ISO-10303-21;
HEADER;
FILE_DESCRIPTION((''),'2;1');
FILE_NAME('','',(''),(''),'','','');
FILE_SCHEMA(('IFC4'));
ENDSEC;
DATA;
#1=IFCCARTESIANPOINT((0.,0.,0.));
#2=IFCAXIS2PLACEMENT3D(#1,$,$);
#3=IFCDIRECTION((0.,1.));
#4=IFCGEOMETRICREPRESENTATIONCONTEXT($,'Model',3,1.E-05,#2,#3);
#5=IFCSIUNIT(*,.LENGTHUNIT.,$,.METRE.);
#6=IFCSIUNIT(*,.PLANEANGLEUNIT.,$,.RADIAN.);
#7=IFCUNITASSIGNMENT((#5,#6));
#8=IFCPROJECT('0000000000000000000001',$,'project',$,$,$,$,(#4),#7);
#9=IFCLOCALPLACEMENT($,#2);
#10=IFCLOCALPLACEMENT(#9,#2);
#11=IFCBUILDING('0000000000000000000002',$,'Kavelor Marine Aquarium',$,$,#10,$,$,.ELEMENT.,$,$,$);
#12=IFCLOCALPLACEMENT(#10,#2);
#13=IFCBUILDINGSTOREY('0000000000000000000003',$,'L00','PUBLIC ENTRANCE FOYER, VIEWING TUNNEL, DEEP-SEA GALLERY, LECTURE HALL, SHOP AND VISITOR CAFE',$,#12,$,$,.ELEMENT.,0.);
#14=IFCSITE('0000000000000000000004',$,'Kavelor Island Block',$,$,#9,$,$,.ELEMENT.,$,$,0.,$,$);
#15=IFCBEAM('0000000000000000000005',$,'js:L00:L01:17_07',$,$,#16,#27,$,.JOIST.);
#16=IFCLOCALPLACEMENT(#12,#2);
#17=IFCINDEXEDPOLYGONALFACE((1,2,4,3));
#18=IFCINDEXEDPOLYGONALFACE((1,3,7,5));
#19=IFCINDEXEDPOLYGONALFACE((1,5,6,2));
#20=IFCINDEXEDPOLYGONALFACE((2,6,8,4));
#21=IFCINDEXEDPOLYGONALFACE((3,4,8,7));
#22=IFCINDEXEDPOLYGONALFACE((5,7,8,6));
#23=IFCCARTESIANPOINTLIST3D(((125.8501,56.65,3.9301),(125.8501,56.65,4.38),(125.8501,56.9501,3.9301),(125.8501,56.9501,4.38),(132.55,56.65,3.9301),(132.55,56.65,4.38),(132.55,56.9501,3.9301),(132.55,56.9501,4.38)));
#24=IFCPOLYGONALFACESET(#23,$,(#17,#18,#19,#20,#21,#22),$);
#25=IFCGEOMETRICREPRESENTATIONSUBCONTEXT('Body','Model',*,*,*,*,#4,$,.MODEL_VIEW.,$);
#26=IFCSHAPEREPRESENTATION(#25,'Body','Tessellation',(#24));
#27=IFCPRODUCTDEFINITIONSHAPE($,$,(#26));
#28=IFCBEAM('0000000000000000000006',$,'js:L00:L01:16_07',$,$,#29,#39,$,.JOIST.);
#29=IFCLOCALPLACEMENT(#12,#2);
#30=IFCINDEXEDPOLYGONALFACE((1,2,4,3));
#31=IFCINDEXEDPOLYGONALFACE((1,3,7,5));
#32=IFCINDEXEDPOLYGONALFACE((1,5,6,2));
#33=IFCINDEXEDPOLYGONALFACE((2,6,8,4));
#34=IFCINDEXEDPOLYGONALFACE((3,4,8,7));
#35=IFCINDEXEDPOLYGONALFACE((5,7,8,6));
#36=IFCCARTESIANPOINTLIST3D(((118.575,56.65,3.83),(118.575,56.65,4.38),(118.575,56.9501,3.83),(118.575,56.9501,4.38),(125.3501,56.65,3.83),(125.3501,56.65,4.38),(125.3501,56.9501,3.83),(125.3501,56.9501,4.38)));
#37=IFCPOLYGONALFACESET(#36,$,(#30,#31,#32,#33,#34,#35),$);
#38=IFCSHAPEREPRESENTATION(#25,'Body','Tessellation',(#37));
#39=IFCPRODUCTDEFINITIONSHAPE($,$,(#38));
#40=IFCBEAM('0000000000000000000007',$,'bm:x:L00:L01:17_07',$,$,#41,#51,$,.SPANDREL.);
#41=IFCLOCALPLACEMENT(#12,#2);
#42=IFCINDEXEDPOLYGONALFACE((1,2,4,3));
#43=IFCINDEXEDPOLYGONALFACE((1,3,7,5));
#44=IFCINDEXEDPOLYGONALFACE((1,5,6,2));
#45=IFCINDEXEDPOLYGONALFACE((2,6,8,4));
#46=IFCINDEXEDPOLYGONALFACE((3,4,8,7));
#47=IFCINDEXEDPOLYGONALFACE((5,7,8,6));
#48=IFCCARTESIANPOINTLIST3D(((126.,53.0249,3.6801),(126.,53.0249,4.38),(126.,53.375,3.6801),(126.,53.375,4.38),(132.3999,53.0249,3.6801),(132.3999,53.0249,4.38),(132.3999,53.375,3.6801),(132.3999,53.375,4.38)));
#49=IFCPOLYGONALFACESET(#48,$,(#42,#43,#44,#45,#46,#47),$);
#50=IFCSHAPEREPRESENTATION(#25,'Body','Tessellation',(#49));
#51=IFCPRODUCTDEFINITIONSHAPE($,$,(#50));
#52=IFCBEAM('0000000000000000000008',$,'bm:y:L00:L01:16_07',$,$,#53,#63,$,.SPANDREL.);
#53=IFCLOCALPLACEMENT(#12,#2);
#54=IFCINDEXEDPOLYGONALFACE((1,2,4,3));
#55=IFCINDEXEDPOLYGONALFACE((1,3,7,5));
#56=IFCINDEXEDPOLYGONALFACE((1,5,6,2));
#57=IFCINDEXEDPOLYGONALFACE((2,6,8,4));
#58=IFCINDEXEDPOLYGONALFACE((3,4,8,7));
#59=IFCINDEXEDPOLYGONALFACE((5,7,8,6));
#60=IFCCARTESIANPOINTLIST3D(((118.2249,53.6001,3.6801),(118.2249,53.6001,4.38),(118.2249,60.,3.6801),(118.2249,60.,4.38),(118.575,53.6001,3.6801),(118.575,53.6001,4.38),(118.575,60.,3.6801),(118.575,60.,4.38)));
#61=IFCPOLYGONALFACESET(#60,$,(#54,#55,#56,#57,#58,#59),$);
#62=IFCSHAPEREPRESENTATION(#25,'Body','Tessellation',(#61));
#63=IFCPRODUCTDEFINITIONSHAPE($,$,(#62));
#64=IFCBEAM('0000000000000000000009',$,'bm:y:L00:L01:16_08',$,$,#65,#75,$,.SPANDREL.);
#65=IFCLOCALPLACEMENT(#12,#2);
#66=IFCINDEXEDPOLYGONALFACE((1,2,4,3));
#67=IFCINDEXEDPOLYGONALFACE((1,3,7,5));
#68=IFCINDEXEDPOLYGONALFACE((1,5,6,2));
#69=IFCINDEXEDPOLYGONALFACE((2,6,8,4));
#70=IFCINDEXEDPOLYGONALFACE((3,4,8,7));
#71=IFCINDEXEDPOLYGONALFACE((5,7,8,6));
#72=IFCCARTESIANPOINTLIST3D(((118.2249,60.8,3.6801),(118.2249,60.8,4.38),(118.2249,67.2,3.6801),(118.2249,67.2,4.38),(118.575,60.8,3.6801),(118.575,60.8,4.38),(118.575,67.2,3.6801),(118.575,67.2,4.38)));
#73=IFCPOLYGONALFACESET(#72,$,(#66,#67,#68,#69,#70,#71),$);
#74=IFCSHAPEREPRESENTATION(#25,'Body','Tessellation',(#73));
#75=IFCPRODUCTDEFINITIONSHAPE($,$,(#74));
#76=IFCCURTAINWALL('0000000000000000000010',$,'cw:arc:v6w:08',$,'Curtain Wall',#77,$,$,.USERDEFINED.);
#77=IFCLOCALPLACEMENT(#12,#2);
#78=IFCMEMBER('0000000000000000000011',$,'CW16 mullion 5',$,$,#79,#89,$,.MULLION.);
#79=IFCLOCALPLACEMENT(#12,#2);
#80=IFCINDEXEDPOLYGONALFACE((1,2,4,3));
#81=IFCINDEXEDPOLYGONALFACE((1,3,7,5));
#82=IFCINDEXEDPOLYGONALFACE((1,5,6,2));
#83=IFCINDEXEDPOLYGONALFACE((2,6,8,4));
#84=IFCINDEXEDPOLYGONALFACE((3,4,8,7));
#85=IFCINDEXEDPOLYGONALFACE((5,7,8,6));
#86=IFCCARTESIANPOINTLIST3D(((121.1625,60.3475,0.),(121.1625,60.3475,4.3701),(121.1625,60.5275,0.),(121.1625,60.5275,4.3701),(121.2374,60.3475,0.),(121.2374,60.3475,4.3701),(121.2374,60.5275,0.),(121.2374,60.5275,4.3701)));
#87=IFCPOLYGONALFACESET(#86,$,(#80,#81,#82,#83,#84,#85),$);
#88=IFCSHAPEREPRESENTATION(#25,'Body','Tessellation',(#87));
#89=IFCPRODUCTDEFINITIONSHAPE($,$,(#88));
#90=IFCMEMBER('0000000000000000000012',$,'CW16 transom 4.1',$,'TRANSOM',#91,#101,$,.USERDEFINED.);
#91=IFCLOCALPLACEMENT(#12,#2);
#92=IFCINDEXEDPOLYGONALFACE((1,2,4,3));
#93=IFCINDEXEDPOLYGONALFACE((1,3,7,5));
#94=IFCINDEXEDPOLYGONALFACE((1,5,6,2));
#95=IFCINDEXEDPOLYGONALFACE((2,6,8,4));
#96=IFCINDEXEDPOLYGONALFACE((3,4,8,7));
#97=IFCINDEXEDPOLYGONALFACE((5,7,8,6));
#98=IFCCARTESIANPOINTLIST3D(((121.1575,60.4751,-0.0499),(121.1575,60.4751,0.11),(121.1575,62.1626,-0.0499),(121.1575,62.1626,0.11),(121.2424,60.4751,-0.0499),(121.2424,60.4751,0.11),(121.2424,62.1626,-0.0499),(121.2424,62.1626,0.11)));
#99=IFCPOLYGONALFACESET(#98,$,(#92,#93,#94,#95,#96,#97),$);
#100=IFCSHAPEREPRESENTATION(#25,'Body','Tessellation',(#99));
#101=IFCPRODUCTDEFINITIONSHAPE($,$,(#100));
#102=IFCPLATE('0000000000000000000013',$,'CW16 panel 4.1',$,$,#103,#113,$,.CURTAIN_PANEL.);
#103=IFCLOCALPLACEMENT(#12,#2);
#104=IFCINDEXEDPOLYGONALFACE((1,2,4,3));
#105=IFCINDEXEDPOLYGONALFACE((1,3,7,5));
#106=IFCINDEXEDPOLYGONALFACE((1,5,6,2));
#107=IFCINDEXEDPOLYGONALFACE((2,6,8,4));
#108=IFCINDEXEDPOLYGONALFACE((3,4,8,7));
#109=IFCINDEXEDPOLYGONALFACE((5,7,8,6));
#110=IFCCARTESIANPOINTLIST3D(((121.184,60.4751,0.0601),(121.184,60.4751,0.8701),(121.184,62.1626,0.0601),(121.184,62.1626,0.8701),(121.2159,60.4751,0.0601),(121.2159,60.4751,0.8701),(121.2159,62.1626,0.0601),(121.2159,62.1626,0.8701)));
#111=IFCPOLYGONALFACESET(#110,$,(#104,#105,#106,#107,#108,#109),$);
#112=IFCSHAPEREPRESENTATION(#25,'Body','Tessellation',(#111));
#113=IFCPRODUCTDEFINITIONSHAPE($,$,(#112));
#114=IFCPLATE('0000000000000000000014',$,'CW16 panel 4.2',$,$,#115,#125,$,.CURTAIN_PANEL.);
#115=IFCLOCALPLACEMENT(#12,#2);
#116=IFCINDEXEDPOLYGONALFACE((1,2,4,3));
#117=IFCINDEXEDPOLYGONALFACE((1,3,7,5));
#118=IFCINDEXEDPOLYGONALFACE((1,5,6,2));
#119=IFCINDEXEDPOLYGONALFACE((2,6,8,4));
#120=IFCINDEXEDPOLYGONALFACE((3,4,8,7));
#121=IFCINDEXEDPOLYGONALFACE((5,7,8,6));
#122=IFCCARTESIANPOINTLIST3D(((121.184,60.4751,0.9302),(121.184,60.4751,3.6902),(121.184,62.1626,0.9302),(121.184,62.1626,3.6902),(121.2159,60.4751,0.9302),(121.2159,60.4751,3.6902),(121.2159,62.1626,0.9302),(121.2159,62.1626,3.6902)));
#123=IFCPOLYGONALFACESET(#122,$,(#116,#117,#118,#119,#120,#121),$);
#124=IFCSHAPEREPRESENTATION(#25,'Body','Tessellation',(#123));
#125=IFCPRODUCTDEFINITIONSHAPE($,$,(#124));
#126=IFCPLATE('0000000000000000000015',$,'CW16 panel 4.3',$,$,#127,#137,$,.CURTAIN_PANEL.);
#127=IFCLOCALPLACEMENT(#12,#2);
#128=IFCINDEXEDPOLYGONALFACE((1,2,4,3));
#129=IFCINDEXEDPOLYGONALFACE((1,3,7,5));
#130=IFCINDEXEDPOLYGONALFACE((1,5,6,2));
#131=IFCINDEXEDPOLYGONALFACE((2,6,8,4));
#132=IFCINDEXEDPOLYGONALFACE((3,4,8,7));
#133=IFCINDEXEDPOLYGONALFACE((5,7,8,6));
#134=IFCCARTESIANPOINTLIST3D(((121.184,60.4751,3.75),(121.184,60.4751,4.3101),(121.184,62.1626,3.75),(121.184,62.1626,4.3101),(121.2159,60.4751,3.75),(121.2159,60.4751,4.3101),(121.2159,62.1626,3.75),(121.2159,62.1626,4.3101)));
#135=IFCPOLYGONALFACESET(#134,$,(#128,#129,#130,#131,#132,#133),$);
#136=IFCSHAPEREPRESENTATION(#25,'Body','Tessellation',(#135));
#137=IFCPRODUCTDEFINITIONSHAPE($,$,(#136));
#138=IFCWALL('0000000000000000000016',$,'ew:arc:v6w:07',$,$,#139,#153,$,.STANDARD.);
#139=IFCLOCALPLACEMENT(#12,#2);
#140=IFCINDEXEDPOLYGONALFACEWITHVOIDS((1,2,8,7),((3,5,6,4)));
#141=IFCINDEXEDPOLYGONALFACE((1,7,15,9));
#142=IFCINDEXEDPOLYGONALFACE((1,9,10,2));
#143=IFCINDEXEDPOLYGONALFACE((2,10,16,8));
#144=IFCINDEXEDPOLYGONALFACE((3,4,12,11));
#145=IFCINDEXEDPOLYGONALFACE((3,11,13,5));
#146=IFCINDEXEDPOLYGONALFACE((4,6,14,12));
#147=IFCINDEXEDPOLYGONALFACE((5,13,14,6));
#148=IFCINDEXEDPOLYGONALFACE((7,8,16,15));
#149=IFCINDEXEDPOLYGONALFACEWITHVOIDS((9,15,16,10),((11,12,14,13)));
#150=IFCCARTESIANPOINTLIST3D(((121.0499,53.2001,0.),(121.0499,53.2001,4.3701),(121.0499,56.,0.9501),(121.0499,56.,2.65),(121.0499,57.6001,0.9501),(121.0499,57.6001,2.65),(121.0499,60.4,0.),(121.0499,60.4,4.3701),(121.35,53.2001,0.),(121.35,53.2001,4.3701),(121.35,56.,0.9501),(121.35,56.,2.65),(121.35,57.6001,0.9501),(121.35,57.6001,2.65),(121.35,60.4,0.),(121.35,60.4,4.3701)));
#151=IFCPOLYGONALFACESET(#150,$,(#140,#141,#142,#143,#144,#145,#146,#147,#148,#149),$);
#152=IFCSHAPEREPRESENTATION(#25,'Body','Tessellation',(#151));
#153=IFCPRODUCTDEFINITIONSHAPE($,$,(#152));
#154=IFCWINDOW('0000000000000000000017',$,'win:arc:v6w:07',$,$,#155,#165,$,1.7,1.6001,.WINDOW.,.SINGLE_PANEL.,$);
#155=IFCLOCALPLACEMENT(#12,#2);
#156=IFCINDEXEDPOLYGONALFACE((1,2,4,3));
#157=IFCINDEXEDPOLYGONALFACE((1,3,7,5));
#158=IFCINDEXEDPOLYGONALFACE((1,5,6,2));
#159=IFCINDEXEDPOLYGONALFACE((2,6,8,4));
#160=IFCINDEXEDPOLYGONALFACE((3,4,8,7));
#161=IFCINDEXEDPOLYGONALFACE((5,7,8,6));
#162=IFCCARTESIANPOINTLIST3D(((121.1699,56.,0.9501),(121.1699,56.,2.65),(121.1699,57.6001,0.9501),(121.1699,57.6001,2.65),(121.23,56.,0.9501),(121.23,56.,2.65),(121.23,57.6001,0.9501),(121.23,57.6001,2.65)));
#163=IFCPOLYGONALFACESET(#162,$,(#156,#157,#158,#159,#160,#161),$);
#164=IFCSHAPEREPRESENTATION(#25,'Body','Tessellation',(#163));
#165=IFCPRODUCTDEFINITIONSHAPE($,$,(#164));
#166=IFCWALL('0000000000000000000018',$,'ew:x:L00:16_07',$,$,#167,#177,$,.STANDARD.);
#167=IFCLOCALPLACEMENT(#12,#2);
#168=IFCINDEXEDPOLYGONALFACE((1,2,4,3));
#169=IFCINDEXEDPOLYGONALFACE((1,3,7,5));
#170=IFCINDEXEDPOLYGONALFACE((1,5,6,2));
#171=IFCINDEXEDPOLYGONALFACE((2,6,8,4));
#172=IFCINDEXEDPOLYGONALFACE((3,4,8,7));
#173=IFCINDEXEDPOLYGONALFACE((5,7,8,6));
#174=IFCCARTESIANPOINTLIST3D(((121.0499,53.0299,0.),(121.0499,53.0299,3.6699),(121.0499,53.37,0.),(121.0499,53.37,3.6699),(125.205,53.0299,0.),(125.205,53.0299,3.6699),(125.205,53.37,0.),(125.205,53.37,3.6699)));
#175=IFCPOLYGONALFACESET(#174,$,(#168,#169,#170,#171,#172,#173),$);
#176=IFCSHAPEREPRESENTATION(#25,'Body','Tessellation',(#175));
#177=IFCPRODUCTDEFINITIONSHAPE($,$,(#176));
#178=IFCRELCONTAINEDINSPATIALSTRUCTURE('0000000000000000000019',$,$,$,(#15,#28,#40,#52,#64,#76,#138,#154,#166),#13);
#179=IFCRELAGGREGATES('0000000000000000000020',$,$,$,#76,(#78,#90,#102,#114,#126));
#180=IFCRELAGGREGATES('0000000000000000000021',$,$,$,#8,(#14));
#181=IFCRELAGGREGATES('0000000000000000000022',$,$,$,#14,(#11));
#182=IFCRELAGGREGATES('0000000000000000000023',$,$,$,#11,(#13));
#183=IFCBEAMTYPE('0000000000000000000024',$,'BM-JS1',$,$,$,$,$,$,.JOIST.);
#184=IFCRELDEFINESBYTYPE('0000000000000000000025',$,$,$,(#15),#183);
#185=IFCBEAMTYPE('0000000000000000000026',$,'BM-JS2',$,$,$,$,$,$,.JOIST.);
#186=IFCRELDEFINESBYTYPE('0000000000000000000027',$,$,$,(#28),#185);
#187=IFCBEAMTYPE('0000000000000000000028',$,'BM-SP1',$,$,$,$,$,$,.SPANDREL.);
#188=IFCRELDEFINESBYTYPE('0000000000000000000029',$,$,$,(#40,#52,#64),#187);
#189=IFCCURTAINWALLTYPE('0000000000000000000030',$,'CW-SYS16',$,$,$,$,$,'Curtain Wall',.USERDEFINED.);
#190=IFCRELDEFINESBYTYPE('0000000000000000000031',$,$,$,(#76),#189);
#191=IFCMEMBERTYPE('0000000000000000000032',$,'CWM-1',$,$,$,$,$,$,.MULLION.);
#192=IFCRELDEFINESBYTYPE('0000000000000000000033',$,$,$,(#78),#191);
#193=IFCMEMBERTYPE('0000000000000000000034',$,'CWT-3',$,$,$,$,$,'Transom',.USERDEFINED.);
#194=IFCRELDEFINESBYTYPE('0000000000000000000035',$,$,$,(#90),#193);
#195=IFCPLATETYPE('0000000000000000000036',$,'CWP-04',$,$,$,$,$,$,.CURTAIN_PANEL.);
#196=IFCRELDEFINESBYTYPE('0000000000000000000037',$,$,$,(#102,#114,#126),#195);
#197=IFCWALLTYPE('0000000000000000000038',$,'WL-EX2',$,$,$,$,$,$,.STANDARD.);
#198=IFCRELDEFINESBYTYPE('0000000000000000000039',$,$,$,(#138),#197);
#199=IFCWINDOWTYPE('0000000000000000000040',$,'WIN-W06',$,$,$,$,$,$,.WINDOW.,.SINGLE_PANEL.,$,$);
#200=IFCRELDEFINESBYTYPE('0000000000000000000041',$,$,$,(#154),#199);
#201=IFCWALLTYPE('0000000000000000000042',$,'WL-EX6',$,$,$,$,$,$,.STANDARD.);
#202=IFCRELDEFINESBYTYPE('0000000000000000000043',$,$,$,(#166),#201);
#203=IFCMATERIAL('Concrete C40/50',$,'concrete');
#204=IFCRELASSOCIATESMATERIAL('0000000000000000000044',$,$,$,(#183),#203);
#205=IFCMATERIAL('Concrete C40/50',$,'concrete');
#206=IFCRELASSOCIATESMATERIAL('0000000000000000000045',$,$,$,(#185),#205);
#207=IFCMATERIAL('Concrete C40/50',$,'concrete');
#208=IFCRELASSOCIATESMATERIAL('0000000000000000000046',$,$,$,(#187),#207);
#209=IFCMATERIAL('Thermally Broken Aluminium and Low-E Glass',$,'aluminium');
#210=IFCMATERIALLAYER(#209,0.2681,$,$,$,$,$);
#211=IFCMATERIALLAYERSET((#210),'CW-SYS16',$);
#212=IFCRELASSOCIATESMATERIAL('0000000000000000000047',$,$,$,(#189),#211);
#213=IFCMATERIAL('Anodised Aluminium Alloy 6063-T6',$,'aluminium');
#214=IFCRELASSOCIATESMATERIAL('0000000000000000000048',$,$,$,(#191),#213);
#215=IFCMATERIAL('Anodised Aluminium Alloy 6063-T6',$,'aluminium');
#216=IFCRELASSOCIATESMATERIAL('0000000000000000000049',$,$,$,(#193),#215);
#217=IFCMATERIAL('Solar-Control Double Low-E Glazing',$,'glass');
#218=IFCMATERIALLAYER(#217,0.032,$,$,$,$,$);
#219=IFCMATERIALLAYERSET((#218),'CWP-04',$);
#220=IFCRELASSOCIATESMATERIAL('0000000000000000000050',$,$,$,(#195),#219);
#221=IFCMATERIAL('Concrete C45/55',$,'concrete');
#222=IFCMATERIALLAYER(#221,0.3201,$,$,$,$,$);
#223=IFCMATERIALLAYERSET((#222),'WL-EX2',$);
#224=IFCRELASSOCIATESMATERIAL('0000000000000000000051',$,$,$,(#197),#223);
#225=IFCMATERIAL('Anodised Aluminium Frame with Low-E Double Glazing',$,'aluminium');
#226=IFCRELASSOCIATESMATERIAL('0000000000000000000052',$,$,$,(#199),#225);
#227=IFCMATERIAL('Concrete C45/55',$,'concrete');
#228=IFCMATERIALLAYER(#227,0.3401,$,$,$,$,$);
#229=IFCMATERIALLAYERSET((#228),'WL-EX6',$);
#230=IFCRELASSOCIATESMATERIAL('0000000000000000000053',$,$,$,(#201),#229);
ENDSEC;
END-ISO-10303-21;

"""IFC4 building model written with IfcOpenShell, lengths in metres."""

from ifc_helpers import new_model, si_unit, direction, frame, frame_2d, origin, origin_2d, place, context, subcontext, project, spatial, rectangle, extrude, material, layer, layer_set, material_profile, profile_set, type_object, element, fill, aggregate, save


model = new_model("IFC4")

# Units and contexts
model_context = context("Model", 3, precision=1e-05, world=origin(), true_north=direction((0.0, 1.0)))
body_context = subcontext(model_context, "Body", "Model", "MODEL_VIEW")
ifc_project = project(units=[si_unit("LENGTHUNIT", "METRE"), si_unit("PLANEANGLEUNIT", "RADIAN")], contexts=[model_context])

# Site, building, storey
site_placement = place(None, origin())
site = spatial("IfcSite", under=ifc_project, at=site_placement, Name="Kavelor Island Block", CompositionType="ELEMENT", RefElevation=0.0)
building_placement = place(site_placement, origin())
building = spatial("IfcBuilding", under=site, at=building_placement, Name="Kavelor Marine Aquarium", CompositionType="ELEMENT")
storey_placement = place(building_placement, origin())
storey = spatial("IfcBuildingStorey", under=building, at=storey_placement, Name="L00", Description="PUBLIC ENTRANCE FOYER, VIEWING TUNNEL, DEEP-SEA GALLERY, LECTURE HALL, SHOP AND VISITOR CAFE", CompositionType="ELEMENT", Elevation=0.0)

# Beams
ifc_material_1 = material(Name="Concrete C40/50", Category="concrete")
ifc_material_profile_1 = material_profile(ifc_material_1, rectangle(XDim=0.3, YDim=0.45, at=origin_2d()), Name="RC-JS 300x450")
ifc_profile_set_1 = profile_set([ifc_material_profile_1], Name="Concrete C40/50")
beam_type_1 = type_object("IfcBeamType", Name="BM-JS1", PredefinedType="JOIST", material=ifc_profile_set_1)
beam_1_placement = place(storey_placement, frame((125.8501, 56.8, 4.155), z_axis=(1.0, 0.0, 0.0), x_axis=(0.0, 1.0, 0.0)))
element("IfcBeam", 1, at=beam_1_placement, inside=storey, type_object=beam_type_1, Name="js:L00:L01:17_07", PredefinedType="JOIST", context=body_context, shape_type="SweptSolid", body=[
    extrude(rectangle(XDim=0.3, YDim=0.45, at=origin_2d()), origin(), (0.0, 0.0, 1.0), 6.7),
])
ifc_material_2 = material(Name="Concrete C40/50", Category="concrete")
ifc_material_profile_2 = material_profile(ifc_material_2, rectangle(XDim=0.3, YDim=0.55, at=origin_2d()), Name="RC-JS 300x550")
ifc_profile_set_2 = profile_set([ifc_material_profile_2], Name="Concrete C40/50")
beam_type_2 = type_object("IfcBeamType", Name="BM-JS2", PredefinedType="JOIST", material=ifc_profile_set_2)
beam_2_placement = place(storey_placement, frame((118.575, 56.8, 4.105), z_axis=(1.0, 0.0, 0.0), x_axis=(0.0, 1.0, 0.0)))
element("IfcBeam", 2, at=beam_2_placement, inside=storey, type_object=beam_type_2, Name="js:L00:L01:16_07", PredefinedType="JOIST", context=body_context, shape_type="SweptSolid", body=[
    extrude(rectangle(XDim=0.3, YDim=0.55, at=origin_2d()), origin(), (0.0, 0.0, 1.0), 6.7751),
])
ifc_material_3 = material(Name="Concrete C40/50", Category="concrete")
ifc_material_profile_3 = material_profile(ifc_material_3, rectangle(XDim=0.3501, YDim=0.7, at=origin_2d()), Name="RC-SP 350x700")
ifc_profile_set_3 = profile_set([ifc_material_profile_3], Name="Concrete C40/50")
beam_type_3 = type_object("IfcBeamType", Name="BM-SP1", PredefinedType="SPANDREL", material=ifc_profile_set_3)
for number, where, z_axis, x_axis, name in (
    (3, (126.0, 53.2, 4.03), (1.0, 0.0, 0.0), (0.0, 1.0, 0.0), "bm:x:L00:L01:17_07"),
    (4, (118.3999, 53.6001, 4.03), (0.0, 1.0, 0.0), (-1.0, 0.0, 0.0), "bm:y:L00:L01:16_07"),
    (5, (118.3999, 60.8, 4.03), (0.0, 1.0, 0.0), (-1.0, 0.0, 0.0), "bm:y:L00:L01:16_08"),
):
    element("IfcBeam", number, at=place(storey_placement, frame(where, z_axis=z_axis, x_axis=x_axis)), inside=storey, type_object=beam_type_3, Name=name, PredefinedType="SPANDREL", context=body_context, shape_type="SweptSolid", body=[
        extrude(rectangle(XDim=0.3501, YDim=0.7, at=origin_2d()), origin(), (0.0, 0.0, 1.0), 6.3999),
    ])

# Curtain wall, members, plates
ifc_material_4 = material(Name="Thermally Broken Aluminium and Low-E Glass", Category="aluminium")
ifc_layer_1 = layer(ifc_material_4, 0.2681)
ifc_layer_set_1 = layer_set([ifc_layer_1], Name="CW-SYS16")
curtain_wall_type = type_object("IfcCurtainWallType", Name="CW-SYS16", ElementType="Curtain Wall", PredefinedType="USERDEFINED", material=ifc_layer_set_1)
curtain_wall_placement = place(storey_placement, origin())
curtain_wall = element("IfcCurtainWall", 6, at=curtain_wall_placement, inside=storey, type_object=curtain_wall_type, Name="cw:arc:v6w:08", ObjectType="Curtain Wall", PredefinedType="USERDEFINED")
ifc_material_5 = material(Name="Anodised Aluminium Alloy 6063-T6", Category="aluminium")
ifc_material_profile_4 = material_profile(ifc_material_5, rectangle(XDim=0.075, YDim=0.1799, at=origin_2d()), Name="CW-MUL 75x180")
ifc_profile_set_4 = profile_set([ifc_material_profile_4], Name="Anodised Aluminium Alloy 6063-T6")
member_type_1 = type_object("IfcMemberType", Name="CWM-1", PredefinedType="MULLION", material=ifc_profile_set_4)
member_1_placement = place(storey_placement, frame((121.2, 60.4375, 0.0), z_axis=(0.0, 0.0, 1.0), x_axis=(1.0, 0.0, 0.0)))
member_1 = element("IfcMember", 7, at=member_1_placement, type_object=member_type_1, Name="CW16 mullion 5", PredefinedType="MULLION", context=body_context, shape_type="SweptSolid", body=[
    extrude(rectangle(XDim=0.075, YDim=0.1799, at=origin_2d()), origin(), (0.0, 0.0, 1.0), 4.3701),
])
ifc_material_6 = material(Name="Anodised Aluminium Alloy 6063-T6", Category="aluminium")
ifc_material_profile_5 = material_profile(ifc_material_6, rectangle(XDim=0.085, YDim=0.1599, at=origin_2d()), Name="CW-TRN 85x160")
ifc_profile_set_5 = profile_set([ifc_material_profile_5], Name="Anodised Aluminium Alloy 6063-T6")
member_type_2 = type_object("IfcMemberType", Name="CWT-3", ElementType="Transom", PredefinedType="USERDEFINED", material=ifc_profile_set_5)
member_2_placement = place(storey_placement, frame((121.2, 62.1626, 0.03), z_axis=(0.0, -1.0, 0.0), x_axis=(1.0, 0.0, 0.0)))
member_2 = element("IfcMember", 8, at=member_2_placement, type_object=member_type_2, Name="CW16 transom 4.1", ObjectType="TRANSOM", PredefinedType="USERDEFINED", context=body_context, shape_type="SweptSolid", body=[
    extrude(rectangle(XDim=0.085, YDim=0.1599, at=origin_2d()), origin(), (0.0, 0.0, 1.0), 1.6875),
])
ifc_material_7 = material(Name="Solar-Control Double Low-E Glazing", Category="glass")
ifc_layer_2 = layer(ifc_material_7, 0.032)
ifc_layer_set_2 = layer_set([ifc_layer_2], Name="CWP-04")
plate_type = type_object("IfcPlateType", Name="CWP-04", PredefinedType="CURTAIN_PANEL", material=ifc_layer_set_2)
plate_1_placement = place(storey_placement, frame((121.2, 61.3188, 0.0601), z_axis=(0.0, 0.0, 1.0), x_axis=(0.0, -1.0, 0.0)))
plate_1 = element("IfcPlate", 9, at=plate_1_placement, type_object=plate_type, Name="CW16 panel 4.1", PredefinedType="CURTAIN_PANEL", context=body_context, shape_type="SweptSolid", body=[
    extrude(rectangle(XDim=1.6875, YDim=0.032, at=origin_2d()), origin(), (0.0, 0.0, 1.0), 0.8101),
])
plate_2_placement = place(storey_placement, frame((121.2, 61.3188, 0.9302), z_axis=(0.0, 0.0, 1.0), x_axis=(0.0, -1.0, 0.0)))
plate_2 = element("IfcPlate", 10, at=plate_2_placement, type_object=plate_type, Name="CW16 panel 4.2", PredefinedType="CURTAIN_PANEL", context=body_context, shape_type="SweptSolid", body=[
    extrude(rectangle(XDim=1.6875, YDim=0.032, at=origin_2d()), origin(), (0.0, 0.0, 1.0), 2.76),
])
plate_3_placement = place(storey_placement, frame((121.2, 61.3188, 3.75), z_axis=(0.0, 0.0, 1.0), x_axis=(0.0, -1.0, 0.0)))
plate_3 = element("IfcPlate", 11, at=plate_3_placement, type_object=plate_type, Name="CW16 panel 4.3", PredefinedType="CURTAIN_PANEL", context=body_context, shape_type="SweptSolid", body=[
    extrude(rectangle(XDim=1.6875, YDim=0.032, at=origin_2d()), origin(), (0.0, 0.0, 1.0), 0.5601),
])
aggregate(curtain_wall, [member_1, member_2, plate_1, plate_2, plate_3])

# Wall, opening, window
ifc_material_8 = material(Name="Concrete C45/55", Category="concrete")
ifc_layer_3 = layer(ifc_material_8, 0.3201)
ifc_layer_set_3 = layer_set([ifc_layer_3], Name="WL-EX2")
wall_type_1 = type_object("IfcWallType", Name="WL-EX2", PredefinedType="STANDARD", material=ifc_layer_set_3)
wall_1_placement = place(storey_placement, frame((121.2, 53.2, 0.0), z_axis=(0.0, 0.0, 1.0), x_axis=(0.0, 1.0, 0.0)))
wall_1 = element("IfcWall", 12, at=wall_1_placement, inside=storey, type_object=wall_type_1, Name="ew:arc:v6w:07", PredefinedType="STANDARD", context=body_context, shape_type="SweptSolid", body=[
    extrude(rectangle(XDim=7.2, YDim=0.3, at=frame_2d((3.6001, 0.0))), origin(), (0.0, 0.0, 1.0), 4.3701),
])
opening_1_placement = place(wall_1_placement, frame((2.8, 0.0, 0.95)))
opening_1 = element("IfcOpeningElement", 13, at=opening_1_placement, cuts=wall_1, PredefinedType="OPENING", context=body_context, shape_type="SweptSolid", body=[
    extrude(rectangle(XDim=1.6001, YDim=1.7, at=frame_2d((0.8, 0.8501))), frame((0.0, 0.1599, 0.0), z_axis=(0.0, -1.0, 0.0), x_axis=(1.0, 0.0, 0.0)), (0.0, 0.0, 1.0), 0.32),
])
ifc_material_9 = material(Name="Anodised Aluminium Frame with Low-E Double Glazing", Category="aluminium")
window_type = type_object("IfcWindowType", Name="WIN-W06", PartitioningType="SINGLE_PANEL", PredefinedType="WINDOW", material=ifc_material_9)
window_placement = place(opening_1_placement, origin())
window = element("IfcWindow", 14, at=window_placement, inside=storey, type_object=window_type, Name="win:arc:v6w:07", OverallHeight=1.7, OverallWidth=1.6001, PartitioningType="SINGLE_PANEL", PredefinedType="WINDOW", context=body_context, shape_type="SweptSolid", body=[
    extrude(rectangle(XDim=1.6001, YDim=1.7, at=frame_2d((0.8, 0.8501))), frame((0.0, 0.03, 0.0), z_axis=(0.0, -1.0, 0.0), x_axis=(1.0, 0.0, 0.0)), (0.0, 0.0, 1.0), 0.0601),
])
fill(opening_1, window)

# Wall
ifc_material_10 = material(Name="Concrete C45/55", Category="concrete")
ifc_layer_4 = layer(ifc_material_10, 0.3401)
ifc_layer_set_4 = layer_set([ifc_layer_4], Name="WL-EX6")
wall_type_2 = type_object("IfcWallType", Name="WL-EX6", PredefinedType="STANDARD", material=ifc_layer_set_4)
wall_2_placement = place(storey_placement, frame((125.2051, 53.2, 0.0), z_axis=(0.0, 0.0, 1.0), x_axis=(-1.0, 0.0, 0.0)))
element("IfcWall", 15, at=wall_2_placement, inside=storey, type_object=wall_type_2, Name="ew:x:L00:16_07", PredefinedType="STANDARD", context=body_context, shape_type="SweptSolid", body=[
    extrude(rectangle(XDim=4.155, YDim=0.3401, at=frame_2d((2.0776, 0.0))), origin(), (0.0, 0.0, 1.0), 3.6699),
])

save(model, "model.ifc")
